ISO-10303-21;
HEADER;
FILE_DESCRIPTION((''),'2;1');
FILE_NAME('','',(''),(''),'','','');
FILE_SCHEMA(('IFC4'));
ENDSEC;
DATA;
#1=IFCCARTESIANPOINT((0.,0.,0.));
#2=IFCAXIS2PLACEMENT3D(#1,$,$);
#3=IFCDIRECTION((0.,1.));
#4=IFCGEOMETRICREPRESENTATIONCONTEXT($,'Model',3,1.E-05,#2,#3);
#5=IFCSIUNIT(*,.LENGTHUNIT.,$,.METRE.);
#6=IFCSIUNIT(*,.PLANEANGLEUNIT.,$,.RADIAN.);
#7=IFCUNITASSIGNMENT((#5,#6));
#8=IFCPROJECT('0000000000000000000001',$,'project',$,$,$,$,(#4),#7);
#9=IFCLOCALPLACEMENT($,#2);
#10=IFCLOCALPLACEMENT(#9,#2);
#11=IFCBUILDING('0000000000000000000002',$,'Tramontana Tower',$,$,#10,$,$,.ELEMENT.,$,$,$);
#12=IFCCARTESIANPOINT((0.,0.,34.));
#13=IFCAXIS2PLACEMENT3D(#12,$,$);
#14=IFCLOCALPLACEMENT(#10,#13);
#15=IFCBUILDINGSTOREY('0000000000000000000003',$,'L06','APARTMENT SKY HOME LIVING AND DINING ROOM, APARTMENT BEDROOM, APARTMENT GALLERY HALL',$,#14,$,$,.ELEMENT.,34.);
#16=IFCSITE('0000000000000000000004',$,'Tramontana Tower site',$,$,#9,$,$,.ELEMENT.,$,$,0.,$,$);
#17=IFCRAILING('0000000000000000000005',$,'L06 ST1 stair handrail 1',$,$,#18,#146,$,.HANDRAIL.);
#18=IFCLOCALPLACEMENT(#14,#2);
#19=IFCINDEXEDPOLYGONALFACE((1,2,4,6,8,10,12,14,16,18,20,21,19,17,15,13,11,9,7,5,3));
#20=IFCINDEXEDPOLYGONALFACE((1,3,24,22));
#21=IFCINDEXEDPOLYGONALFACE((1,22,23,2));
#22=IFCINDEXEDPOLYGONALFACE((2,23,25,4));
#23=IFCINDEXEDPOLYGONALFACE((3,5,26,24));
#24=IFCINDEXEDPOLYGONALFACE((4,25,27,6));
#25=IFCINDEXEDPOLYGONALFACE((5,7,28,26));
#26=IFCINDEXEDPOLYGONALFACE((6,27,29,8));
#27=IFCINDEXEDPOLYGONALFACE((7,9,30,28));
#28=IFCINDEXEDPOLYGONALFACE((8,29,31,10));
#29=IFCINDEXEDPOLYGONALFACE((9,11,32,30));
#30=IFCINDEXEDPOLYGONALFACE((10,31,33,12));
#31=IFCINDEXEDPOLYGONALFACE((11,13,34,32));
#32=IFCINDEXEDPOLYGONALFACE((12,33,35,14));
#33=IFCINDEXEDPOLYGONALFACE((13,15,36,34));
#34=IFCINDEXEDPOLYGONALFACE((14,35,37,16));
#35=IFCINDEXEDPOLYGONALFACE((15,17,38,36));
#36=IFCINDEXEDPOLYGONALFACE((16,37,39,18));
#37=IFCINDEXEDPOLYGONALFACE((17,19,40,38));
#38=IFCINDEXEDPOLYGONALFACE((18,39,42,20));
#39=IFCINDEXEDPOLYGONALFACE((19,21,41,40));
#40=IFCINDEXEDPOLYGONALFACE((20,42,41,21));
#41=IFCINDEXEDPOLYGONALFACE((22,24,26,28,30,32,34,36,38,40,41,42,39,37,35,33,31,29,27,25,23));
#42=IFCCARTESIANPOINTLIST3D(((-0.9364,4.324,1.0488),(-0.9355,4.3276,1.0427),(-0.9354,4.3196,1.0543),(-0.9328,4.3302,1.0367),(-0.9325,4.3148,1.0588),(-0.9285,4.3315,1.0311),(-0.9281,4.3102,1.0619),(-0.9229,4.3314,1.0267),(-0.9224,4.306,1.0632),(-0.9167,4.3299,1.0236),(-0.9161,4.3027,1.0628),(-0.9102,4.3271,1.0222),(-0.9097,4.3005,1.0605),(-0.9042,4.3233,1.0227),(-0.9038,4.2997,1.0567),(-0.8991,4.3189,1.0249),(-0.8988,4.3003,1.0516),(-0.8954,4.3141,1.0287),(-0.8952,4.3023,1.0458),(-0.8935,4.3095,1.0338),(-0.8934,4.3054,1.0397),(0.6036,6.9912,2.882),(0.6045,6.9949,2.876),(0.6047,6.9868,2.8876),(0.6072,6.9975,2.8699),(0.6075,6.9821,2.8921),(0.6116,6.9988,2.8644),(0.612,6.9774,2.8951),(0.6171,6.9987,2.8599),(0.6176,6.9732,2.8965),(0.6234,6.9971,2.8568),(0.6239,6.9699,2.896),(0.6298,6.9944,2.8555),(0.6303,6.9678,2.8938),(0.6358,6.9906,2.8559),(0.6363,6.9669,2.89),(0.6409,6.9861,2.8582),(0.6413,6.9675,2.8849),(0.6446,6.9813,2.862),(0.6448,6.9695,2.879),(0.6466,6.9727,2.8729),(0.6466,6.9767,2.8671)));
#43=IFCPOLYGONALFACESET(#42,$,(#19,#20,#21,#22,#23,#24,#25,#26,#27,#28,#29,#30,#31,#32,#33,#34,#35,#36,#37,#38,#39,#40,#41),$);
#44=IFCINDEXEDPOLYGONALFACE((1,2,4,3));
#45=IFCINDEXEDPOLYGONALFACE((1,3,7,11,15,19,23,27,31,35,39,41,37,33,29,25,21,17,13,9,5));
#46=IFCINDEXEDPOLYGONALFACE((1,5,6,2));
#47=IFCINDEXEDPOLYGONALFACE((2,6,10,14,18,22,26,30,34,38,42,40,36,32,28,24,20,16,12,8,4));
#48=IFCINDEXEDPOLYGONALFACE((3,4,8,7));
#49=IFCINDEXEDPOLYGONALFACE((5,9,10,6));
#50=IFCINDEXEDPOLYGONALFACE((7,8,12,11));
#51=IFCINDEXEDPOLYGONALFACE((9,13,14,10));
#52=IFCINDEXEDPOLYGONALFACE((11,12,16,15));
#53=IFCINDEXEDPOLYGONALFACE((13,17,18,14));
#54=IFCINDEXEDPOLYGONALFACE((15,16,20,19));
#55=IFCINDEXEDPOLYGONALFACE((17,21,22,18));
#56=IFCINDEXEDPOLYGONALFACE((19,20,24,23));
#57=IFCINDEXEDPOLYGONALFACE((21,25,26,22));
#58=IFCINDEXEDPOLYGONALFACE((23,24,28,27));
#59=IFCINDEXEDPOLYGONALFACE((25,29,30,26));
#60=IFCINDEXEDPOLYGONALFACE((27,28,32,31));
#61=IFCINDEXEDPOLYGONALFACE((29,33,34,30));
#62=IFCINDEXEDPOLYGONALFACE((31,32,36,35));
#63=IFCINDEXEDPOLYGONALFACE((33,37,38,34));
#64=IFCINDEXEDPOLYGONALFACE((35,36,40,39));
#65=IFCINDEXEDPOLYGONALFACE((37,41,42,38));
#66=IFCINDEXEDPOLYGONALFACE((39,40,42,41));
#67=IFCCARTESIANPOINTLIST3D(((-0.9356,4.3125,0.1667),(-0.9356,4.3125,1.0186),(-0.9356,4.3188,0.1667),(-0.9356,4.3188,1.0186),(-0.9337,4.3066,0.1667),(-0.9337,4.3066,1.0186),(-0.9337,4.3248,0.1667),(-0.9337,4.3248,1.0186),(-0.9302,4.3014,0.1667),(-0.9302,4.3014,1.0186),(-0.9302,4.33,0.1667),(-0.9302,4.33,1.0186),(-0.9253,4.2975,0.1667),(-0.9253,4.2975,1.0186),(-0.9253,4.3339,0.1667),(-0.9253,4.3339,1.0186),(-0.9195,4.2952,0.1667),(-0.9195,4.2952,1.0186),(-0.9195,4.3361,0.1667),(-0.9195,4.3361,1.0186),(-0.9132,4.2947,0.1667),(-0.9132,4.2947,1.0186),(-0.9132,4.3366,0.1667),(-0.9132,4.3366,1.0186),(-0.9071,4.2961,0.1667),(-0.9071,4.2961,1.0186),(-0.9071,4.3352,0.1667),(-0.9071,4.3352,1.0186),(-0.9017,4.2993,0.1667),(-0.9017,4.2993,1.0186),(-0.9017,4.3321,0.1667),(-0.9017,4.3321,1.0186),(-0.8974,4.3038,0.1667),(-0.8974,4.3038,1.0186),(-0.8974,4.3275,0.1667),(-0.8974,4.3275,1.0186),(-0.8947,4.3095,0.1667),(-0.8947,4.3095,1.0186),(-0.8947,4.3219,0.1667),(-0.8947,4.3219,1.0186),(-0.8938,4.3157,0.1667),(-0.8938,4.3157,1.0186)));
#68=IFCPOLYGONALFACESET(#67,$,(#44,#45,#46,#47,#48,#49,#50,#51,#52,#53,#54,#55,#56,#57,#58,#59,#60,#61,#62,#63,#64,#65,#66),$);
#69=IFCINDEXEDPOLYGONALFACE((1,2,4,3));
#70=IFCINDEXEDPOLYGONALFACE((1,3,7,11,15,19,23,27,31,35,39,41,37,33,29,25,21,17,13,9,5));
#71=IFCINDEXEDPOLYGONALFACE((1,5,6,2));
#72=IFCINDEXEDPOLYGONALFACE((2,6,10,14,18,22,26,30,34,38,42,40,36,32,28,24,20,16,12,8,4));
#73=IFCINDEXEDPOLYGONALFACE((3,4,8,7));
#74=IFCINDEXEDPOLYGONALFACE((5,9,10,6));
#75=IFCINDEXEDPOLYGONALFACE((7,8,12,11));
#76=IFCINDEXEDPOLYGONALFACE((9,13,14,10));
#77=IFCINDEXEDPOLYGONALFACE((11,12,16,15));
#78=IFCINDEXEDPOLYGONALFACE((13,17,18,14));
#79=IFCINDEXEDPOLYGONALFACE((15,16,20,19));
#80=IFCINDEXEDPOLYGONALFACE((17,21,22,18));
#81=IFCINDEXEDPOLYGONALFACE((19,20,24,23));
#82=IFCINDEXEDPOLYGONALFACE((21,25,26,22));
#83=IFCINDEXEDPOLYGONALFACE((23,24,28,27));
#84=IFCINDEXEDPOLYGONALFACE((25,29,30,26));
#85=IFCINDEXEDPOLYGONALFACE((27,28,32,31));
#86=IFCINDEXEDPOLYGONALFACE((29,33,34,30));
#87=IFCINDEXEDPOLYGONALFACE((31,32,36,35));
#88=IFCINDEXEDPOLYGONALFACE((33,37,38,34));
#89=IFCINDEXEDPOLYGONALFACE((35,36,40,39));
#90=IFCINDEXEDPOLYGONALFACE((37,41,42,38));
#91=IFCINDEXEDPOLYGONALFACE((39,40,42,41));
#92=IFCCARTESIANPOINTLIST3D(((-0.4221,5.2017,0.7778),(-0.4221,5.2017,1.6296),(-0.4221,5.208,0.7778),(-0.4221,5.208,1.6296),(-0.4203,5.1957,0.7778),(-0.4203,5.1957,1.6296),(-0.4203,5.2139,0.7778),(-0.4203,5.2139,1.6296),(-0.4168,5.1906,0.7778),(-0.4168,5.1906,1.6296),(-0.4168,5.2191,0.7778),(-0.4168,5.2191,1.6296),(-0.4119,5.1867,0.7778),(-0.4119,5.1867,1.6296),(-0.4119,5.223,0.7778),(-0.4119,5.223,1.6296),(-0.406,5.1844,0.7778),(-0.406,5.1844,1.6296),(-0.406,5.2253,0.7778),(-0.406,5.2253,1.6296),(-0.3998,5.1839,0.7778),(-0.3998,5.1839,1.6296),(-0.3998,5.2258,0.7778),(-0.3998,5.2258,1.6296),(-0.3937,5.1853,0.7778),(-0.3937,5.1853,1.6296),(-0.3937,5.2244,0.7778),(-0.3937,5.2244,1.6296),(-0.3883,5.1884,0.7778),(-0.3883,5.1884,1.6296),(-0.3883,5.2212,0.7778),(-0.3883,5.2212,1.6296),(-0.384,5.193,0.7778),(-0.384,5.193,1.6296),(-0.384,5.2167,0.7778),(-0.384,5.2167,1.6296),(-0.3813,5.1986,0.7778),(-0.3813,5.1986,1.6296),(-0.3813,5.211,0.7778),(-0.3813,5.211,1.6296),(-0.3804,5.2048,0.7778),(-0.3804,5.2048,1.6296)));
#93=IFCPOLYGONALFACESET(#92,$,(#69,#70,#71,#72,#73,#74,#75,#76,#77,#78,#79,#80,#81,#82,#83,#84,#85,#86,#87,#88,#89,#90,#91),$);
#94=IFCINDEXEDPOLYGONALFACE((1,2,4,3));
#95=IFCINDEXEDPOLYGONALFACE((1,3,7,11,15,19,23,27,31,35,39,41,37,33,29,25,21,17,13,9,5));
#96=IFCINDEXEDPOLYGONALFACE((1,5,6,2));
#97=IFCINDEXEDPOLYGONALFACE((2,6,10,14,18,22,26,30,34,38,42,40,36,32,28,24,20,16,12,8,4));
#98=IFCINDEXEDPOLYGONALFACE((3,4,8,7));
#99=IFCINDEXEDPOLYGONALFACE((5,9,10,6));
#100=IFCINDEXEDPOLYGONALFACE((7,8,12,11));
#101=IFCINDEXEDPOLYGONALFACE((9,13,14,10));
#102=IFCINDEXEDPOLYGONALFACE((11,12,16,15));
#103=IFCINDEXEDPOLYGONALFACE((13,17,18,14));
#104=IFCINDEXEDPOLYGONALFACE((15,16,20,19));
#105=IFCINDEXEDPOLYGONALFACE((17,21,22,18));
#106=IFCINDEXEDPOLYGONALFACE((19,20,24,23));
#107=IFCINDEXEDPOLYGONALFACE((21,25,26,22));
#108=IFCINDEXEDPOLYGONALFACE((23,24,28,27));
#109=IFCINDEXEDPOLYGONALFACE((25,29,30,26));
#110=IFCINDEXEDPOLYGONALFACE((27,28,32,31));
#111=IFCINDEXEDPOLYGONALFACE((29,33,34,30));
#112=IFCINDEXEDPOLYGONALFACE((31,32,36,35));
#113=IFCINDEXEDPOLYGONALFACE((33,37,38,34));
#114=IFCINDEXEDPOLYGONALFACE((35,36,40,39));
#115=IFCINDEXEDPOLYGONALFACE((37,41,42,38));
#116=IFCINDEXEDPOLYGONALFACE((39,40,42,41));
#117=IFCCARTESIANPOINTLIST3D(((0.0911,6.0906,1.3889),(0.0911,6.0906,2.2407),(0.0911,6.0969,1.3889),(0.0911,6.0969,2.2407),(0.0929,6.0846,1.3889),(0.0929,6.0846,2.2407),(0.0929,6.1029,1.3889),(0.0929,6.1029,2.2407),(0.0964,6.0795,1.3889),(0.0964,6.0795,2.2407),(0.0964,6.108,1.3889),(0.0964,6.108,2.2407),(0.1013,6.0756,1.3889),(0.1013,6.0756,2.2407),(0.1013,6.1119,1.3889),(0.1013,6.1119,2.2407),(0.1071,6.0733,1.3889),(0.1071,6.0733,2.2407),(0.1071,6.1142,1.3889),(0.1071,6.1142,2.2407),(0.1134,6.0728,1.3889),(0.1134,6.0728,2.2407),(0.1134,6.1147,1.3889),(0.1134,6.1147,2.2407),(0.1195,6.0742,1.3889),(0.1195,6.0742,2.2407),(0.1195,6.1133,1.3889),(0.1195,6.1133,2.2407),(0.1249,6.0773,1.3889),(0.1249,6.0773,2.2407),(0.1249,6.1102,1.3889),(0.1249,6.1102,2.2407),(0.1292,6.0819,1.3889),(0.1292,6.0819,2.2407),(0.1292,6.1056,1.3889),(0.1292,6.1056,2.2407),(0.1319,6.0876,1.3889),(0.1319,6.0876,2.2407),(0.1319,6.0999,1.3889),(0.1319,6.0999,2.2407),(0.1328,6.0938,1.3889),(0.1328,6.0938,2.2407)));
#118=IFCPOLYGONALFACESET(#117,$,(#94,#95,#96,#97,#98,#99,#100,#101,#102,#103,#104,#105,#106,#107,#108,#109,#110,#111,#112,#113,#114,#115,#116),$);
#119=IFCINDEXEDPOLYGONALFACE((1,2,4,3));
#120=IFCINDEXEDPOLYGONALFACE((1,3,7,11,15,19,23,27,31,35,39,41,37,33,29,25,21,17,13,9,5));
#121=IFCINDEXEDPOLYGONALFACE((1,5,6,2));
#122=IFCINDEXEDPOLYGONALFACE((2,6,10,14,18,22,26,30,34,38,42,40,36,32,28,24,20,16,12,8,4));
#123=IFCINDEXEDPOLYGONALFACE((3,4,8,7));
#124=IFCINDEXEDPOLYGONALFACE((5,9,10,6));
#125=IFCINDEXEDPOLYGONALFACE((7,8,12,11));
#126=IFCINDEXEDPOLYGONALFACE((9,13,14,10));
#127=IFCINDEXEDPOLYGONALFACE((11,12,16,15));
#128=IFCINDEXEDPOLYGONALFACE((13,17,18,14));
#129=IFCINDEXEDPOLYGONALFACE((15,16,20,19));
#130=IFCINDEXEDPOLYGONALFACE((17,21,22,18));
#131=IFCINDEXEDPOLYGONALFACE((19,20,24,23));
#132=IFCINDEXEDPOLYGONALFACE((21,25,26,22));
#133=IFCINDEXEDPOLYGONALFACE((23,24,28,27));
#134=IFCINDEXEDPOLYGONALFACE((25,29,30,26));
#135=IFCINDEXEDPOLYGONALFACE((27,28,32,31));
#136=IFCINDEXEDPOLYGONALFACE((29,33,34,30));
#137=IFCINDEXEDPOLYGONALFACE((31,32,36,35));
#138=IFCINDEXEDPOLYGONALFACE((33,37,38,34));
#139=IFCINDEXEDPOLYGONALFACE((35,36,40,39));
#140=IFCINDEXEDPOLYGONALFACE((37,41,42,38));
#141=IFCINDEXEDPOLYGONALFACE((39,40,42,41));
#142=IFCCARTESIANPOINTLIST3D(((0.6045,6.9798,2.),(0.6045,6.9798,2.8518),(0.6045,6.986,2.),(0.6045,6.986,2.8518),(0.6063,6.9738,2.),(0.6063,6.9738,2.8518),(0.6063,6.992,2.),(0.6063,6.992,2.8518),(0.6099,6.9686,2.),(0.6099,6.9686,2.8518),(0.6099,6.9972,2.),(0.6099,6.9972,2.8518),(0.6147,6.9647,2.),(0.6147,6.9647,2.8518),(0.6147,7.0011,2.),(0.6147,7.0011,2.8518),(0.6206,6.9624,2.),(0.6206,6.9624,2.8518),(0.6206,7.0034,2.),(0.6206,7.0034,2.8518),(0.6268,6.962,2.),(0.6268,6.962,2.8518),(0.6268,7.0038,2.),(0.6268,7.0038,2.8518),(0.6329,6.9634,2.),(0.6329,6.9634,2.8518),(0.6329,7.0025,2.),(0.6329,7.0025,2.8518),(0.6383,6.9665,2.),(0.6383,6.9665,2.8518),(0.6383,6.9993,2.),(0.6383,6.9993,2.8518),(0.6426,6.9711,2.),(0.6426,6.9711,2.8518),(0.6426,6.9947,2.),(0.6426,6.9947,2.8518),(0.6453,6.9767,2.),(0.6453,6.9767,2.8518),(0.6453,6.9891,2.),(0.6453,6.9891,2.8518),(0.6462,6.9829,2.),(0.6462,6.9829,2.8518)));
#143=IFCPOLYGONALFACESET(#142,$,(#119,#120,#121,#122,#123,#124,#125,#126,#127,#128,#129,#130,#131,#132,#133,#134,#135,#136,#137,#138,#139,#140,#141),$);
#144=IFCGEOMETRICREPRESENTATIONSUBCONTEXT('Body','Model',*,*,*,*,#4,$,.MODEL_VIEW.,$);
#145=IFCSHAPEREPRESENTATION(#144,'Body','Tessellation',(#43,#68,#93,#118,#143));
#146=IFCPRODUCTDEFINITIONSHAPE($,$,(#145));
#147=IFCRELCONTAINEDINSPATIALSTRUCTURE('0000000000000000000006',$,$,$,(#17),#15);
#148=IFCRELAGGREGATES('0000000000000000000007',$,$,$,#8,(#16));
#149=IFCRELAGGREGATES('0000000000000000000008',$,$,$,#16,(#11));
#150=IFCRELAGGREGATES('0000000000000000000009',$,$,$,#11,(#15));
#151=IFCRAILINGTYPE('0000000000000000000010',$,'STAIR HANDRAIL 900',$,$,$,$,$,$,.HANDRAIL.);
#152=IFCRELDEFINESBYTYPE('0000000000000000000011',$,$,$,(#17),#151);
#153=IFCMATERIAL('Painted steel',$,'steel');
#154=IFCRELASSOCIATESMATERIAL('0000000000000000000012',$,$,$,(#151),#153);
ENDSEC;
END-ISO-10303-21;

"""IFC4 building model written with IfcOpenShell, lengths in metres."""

from ifc_helpers import new_model, si_unit, direction, frame, origin, origin_2d, place, context, subcontext, project, spatial, circle, extrude, material, type_object, element, save


model = new_model("IFC4")

# Units and contexts
model_context = context("Model", 3, precision=1e-05, world=origin(), true_north=direction((0.0, 1.0)))
body_context = subcontext(model_context, "Body", "Model", "MODEL_VIEW")
ifc_project = project(units=[si_unit("LENGTHUNIT", "METRE"), si_unit("PLANEANGLEUNIT", "RADIAN")], contexts=[model_context])

# Site, building, storey
site_placement = place(None, origin())
site = spatial("IfcSite", under=ifc_project, at=site_placement, Name="Tramontana Tower site", CompositionType="ELEMENT", RefElevation=0.0)
building_placement = place(site_placement, origin())
building = spatial("IfcBuilding", under=site, at=building_placement, Name="Tramontana Tower", CompositionType="ELEMENT")
storey_placement = place(building_placement, frame((0.0, 0.0, 34.0)))
storey = spatial("IfcBuildingStorey", under=building, at=storey_placement, Name="L06", Description="APARTMENT SKY HOME LIVING AND DINING ROOM, APARTMENT BEDROOM, APARTMENT GALLERY HALL", CompositionType="ELEMENT", Elevation=34.0)

# Railing
ifc_material_1 = material(Name="Painted steel", Category="steel")
railing_type_1 = type_object("IfcRailingType", Name="STAIR HANDRAIL 900", PredefinedType="HANDRAIL", material=ifc_material_1)
railing_1_placement = place(storey_placement, frame((-0.9148, 4.3157, 0.1667)))
element("IfcRailing", 1, at=railing_1_placement, inside=storey, type_object=railing_type_1, Name="L06 ST1 stair handrail 1", PredefinedType="HANDRAIL", context=body_context, shape_type="SweptSolid", body=[
    extrude(circle(Radius=0.0239, at=origin_2d()), frame((0.0, 0.0, 0.876), z_axis=(0.429671, 0.744159, 0.511478), x_axis=(-0.86601, 0.500027, 0.0)), (0.0, 0.0, 1.0), 3.5842),
    extrude(circle(Radius=0.021, at=origin_2d()), origin(), (0.0, 0.0, 1.0), 0.8518),
    extrude(circle(Radius=0.021, at=origin_2d()), frame((0.5134, 0.8892, 0.6111)), (0.0, 0.0, 1.0), 0.8518),
    extrude(circle(Radius=0.021, at=origin_2d()), frame((1.0266, 1.7781, 1.2222)), (0.0, 0.0, 1.0), 0.8518),
    extrude(circle(Radius=0.021, at=origin_2d()), frame((1.54, 2.6672, 1.8333)), (0.0, 0.0, 1.0), 0.8518),
])

save(model, "model.ifc")
